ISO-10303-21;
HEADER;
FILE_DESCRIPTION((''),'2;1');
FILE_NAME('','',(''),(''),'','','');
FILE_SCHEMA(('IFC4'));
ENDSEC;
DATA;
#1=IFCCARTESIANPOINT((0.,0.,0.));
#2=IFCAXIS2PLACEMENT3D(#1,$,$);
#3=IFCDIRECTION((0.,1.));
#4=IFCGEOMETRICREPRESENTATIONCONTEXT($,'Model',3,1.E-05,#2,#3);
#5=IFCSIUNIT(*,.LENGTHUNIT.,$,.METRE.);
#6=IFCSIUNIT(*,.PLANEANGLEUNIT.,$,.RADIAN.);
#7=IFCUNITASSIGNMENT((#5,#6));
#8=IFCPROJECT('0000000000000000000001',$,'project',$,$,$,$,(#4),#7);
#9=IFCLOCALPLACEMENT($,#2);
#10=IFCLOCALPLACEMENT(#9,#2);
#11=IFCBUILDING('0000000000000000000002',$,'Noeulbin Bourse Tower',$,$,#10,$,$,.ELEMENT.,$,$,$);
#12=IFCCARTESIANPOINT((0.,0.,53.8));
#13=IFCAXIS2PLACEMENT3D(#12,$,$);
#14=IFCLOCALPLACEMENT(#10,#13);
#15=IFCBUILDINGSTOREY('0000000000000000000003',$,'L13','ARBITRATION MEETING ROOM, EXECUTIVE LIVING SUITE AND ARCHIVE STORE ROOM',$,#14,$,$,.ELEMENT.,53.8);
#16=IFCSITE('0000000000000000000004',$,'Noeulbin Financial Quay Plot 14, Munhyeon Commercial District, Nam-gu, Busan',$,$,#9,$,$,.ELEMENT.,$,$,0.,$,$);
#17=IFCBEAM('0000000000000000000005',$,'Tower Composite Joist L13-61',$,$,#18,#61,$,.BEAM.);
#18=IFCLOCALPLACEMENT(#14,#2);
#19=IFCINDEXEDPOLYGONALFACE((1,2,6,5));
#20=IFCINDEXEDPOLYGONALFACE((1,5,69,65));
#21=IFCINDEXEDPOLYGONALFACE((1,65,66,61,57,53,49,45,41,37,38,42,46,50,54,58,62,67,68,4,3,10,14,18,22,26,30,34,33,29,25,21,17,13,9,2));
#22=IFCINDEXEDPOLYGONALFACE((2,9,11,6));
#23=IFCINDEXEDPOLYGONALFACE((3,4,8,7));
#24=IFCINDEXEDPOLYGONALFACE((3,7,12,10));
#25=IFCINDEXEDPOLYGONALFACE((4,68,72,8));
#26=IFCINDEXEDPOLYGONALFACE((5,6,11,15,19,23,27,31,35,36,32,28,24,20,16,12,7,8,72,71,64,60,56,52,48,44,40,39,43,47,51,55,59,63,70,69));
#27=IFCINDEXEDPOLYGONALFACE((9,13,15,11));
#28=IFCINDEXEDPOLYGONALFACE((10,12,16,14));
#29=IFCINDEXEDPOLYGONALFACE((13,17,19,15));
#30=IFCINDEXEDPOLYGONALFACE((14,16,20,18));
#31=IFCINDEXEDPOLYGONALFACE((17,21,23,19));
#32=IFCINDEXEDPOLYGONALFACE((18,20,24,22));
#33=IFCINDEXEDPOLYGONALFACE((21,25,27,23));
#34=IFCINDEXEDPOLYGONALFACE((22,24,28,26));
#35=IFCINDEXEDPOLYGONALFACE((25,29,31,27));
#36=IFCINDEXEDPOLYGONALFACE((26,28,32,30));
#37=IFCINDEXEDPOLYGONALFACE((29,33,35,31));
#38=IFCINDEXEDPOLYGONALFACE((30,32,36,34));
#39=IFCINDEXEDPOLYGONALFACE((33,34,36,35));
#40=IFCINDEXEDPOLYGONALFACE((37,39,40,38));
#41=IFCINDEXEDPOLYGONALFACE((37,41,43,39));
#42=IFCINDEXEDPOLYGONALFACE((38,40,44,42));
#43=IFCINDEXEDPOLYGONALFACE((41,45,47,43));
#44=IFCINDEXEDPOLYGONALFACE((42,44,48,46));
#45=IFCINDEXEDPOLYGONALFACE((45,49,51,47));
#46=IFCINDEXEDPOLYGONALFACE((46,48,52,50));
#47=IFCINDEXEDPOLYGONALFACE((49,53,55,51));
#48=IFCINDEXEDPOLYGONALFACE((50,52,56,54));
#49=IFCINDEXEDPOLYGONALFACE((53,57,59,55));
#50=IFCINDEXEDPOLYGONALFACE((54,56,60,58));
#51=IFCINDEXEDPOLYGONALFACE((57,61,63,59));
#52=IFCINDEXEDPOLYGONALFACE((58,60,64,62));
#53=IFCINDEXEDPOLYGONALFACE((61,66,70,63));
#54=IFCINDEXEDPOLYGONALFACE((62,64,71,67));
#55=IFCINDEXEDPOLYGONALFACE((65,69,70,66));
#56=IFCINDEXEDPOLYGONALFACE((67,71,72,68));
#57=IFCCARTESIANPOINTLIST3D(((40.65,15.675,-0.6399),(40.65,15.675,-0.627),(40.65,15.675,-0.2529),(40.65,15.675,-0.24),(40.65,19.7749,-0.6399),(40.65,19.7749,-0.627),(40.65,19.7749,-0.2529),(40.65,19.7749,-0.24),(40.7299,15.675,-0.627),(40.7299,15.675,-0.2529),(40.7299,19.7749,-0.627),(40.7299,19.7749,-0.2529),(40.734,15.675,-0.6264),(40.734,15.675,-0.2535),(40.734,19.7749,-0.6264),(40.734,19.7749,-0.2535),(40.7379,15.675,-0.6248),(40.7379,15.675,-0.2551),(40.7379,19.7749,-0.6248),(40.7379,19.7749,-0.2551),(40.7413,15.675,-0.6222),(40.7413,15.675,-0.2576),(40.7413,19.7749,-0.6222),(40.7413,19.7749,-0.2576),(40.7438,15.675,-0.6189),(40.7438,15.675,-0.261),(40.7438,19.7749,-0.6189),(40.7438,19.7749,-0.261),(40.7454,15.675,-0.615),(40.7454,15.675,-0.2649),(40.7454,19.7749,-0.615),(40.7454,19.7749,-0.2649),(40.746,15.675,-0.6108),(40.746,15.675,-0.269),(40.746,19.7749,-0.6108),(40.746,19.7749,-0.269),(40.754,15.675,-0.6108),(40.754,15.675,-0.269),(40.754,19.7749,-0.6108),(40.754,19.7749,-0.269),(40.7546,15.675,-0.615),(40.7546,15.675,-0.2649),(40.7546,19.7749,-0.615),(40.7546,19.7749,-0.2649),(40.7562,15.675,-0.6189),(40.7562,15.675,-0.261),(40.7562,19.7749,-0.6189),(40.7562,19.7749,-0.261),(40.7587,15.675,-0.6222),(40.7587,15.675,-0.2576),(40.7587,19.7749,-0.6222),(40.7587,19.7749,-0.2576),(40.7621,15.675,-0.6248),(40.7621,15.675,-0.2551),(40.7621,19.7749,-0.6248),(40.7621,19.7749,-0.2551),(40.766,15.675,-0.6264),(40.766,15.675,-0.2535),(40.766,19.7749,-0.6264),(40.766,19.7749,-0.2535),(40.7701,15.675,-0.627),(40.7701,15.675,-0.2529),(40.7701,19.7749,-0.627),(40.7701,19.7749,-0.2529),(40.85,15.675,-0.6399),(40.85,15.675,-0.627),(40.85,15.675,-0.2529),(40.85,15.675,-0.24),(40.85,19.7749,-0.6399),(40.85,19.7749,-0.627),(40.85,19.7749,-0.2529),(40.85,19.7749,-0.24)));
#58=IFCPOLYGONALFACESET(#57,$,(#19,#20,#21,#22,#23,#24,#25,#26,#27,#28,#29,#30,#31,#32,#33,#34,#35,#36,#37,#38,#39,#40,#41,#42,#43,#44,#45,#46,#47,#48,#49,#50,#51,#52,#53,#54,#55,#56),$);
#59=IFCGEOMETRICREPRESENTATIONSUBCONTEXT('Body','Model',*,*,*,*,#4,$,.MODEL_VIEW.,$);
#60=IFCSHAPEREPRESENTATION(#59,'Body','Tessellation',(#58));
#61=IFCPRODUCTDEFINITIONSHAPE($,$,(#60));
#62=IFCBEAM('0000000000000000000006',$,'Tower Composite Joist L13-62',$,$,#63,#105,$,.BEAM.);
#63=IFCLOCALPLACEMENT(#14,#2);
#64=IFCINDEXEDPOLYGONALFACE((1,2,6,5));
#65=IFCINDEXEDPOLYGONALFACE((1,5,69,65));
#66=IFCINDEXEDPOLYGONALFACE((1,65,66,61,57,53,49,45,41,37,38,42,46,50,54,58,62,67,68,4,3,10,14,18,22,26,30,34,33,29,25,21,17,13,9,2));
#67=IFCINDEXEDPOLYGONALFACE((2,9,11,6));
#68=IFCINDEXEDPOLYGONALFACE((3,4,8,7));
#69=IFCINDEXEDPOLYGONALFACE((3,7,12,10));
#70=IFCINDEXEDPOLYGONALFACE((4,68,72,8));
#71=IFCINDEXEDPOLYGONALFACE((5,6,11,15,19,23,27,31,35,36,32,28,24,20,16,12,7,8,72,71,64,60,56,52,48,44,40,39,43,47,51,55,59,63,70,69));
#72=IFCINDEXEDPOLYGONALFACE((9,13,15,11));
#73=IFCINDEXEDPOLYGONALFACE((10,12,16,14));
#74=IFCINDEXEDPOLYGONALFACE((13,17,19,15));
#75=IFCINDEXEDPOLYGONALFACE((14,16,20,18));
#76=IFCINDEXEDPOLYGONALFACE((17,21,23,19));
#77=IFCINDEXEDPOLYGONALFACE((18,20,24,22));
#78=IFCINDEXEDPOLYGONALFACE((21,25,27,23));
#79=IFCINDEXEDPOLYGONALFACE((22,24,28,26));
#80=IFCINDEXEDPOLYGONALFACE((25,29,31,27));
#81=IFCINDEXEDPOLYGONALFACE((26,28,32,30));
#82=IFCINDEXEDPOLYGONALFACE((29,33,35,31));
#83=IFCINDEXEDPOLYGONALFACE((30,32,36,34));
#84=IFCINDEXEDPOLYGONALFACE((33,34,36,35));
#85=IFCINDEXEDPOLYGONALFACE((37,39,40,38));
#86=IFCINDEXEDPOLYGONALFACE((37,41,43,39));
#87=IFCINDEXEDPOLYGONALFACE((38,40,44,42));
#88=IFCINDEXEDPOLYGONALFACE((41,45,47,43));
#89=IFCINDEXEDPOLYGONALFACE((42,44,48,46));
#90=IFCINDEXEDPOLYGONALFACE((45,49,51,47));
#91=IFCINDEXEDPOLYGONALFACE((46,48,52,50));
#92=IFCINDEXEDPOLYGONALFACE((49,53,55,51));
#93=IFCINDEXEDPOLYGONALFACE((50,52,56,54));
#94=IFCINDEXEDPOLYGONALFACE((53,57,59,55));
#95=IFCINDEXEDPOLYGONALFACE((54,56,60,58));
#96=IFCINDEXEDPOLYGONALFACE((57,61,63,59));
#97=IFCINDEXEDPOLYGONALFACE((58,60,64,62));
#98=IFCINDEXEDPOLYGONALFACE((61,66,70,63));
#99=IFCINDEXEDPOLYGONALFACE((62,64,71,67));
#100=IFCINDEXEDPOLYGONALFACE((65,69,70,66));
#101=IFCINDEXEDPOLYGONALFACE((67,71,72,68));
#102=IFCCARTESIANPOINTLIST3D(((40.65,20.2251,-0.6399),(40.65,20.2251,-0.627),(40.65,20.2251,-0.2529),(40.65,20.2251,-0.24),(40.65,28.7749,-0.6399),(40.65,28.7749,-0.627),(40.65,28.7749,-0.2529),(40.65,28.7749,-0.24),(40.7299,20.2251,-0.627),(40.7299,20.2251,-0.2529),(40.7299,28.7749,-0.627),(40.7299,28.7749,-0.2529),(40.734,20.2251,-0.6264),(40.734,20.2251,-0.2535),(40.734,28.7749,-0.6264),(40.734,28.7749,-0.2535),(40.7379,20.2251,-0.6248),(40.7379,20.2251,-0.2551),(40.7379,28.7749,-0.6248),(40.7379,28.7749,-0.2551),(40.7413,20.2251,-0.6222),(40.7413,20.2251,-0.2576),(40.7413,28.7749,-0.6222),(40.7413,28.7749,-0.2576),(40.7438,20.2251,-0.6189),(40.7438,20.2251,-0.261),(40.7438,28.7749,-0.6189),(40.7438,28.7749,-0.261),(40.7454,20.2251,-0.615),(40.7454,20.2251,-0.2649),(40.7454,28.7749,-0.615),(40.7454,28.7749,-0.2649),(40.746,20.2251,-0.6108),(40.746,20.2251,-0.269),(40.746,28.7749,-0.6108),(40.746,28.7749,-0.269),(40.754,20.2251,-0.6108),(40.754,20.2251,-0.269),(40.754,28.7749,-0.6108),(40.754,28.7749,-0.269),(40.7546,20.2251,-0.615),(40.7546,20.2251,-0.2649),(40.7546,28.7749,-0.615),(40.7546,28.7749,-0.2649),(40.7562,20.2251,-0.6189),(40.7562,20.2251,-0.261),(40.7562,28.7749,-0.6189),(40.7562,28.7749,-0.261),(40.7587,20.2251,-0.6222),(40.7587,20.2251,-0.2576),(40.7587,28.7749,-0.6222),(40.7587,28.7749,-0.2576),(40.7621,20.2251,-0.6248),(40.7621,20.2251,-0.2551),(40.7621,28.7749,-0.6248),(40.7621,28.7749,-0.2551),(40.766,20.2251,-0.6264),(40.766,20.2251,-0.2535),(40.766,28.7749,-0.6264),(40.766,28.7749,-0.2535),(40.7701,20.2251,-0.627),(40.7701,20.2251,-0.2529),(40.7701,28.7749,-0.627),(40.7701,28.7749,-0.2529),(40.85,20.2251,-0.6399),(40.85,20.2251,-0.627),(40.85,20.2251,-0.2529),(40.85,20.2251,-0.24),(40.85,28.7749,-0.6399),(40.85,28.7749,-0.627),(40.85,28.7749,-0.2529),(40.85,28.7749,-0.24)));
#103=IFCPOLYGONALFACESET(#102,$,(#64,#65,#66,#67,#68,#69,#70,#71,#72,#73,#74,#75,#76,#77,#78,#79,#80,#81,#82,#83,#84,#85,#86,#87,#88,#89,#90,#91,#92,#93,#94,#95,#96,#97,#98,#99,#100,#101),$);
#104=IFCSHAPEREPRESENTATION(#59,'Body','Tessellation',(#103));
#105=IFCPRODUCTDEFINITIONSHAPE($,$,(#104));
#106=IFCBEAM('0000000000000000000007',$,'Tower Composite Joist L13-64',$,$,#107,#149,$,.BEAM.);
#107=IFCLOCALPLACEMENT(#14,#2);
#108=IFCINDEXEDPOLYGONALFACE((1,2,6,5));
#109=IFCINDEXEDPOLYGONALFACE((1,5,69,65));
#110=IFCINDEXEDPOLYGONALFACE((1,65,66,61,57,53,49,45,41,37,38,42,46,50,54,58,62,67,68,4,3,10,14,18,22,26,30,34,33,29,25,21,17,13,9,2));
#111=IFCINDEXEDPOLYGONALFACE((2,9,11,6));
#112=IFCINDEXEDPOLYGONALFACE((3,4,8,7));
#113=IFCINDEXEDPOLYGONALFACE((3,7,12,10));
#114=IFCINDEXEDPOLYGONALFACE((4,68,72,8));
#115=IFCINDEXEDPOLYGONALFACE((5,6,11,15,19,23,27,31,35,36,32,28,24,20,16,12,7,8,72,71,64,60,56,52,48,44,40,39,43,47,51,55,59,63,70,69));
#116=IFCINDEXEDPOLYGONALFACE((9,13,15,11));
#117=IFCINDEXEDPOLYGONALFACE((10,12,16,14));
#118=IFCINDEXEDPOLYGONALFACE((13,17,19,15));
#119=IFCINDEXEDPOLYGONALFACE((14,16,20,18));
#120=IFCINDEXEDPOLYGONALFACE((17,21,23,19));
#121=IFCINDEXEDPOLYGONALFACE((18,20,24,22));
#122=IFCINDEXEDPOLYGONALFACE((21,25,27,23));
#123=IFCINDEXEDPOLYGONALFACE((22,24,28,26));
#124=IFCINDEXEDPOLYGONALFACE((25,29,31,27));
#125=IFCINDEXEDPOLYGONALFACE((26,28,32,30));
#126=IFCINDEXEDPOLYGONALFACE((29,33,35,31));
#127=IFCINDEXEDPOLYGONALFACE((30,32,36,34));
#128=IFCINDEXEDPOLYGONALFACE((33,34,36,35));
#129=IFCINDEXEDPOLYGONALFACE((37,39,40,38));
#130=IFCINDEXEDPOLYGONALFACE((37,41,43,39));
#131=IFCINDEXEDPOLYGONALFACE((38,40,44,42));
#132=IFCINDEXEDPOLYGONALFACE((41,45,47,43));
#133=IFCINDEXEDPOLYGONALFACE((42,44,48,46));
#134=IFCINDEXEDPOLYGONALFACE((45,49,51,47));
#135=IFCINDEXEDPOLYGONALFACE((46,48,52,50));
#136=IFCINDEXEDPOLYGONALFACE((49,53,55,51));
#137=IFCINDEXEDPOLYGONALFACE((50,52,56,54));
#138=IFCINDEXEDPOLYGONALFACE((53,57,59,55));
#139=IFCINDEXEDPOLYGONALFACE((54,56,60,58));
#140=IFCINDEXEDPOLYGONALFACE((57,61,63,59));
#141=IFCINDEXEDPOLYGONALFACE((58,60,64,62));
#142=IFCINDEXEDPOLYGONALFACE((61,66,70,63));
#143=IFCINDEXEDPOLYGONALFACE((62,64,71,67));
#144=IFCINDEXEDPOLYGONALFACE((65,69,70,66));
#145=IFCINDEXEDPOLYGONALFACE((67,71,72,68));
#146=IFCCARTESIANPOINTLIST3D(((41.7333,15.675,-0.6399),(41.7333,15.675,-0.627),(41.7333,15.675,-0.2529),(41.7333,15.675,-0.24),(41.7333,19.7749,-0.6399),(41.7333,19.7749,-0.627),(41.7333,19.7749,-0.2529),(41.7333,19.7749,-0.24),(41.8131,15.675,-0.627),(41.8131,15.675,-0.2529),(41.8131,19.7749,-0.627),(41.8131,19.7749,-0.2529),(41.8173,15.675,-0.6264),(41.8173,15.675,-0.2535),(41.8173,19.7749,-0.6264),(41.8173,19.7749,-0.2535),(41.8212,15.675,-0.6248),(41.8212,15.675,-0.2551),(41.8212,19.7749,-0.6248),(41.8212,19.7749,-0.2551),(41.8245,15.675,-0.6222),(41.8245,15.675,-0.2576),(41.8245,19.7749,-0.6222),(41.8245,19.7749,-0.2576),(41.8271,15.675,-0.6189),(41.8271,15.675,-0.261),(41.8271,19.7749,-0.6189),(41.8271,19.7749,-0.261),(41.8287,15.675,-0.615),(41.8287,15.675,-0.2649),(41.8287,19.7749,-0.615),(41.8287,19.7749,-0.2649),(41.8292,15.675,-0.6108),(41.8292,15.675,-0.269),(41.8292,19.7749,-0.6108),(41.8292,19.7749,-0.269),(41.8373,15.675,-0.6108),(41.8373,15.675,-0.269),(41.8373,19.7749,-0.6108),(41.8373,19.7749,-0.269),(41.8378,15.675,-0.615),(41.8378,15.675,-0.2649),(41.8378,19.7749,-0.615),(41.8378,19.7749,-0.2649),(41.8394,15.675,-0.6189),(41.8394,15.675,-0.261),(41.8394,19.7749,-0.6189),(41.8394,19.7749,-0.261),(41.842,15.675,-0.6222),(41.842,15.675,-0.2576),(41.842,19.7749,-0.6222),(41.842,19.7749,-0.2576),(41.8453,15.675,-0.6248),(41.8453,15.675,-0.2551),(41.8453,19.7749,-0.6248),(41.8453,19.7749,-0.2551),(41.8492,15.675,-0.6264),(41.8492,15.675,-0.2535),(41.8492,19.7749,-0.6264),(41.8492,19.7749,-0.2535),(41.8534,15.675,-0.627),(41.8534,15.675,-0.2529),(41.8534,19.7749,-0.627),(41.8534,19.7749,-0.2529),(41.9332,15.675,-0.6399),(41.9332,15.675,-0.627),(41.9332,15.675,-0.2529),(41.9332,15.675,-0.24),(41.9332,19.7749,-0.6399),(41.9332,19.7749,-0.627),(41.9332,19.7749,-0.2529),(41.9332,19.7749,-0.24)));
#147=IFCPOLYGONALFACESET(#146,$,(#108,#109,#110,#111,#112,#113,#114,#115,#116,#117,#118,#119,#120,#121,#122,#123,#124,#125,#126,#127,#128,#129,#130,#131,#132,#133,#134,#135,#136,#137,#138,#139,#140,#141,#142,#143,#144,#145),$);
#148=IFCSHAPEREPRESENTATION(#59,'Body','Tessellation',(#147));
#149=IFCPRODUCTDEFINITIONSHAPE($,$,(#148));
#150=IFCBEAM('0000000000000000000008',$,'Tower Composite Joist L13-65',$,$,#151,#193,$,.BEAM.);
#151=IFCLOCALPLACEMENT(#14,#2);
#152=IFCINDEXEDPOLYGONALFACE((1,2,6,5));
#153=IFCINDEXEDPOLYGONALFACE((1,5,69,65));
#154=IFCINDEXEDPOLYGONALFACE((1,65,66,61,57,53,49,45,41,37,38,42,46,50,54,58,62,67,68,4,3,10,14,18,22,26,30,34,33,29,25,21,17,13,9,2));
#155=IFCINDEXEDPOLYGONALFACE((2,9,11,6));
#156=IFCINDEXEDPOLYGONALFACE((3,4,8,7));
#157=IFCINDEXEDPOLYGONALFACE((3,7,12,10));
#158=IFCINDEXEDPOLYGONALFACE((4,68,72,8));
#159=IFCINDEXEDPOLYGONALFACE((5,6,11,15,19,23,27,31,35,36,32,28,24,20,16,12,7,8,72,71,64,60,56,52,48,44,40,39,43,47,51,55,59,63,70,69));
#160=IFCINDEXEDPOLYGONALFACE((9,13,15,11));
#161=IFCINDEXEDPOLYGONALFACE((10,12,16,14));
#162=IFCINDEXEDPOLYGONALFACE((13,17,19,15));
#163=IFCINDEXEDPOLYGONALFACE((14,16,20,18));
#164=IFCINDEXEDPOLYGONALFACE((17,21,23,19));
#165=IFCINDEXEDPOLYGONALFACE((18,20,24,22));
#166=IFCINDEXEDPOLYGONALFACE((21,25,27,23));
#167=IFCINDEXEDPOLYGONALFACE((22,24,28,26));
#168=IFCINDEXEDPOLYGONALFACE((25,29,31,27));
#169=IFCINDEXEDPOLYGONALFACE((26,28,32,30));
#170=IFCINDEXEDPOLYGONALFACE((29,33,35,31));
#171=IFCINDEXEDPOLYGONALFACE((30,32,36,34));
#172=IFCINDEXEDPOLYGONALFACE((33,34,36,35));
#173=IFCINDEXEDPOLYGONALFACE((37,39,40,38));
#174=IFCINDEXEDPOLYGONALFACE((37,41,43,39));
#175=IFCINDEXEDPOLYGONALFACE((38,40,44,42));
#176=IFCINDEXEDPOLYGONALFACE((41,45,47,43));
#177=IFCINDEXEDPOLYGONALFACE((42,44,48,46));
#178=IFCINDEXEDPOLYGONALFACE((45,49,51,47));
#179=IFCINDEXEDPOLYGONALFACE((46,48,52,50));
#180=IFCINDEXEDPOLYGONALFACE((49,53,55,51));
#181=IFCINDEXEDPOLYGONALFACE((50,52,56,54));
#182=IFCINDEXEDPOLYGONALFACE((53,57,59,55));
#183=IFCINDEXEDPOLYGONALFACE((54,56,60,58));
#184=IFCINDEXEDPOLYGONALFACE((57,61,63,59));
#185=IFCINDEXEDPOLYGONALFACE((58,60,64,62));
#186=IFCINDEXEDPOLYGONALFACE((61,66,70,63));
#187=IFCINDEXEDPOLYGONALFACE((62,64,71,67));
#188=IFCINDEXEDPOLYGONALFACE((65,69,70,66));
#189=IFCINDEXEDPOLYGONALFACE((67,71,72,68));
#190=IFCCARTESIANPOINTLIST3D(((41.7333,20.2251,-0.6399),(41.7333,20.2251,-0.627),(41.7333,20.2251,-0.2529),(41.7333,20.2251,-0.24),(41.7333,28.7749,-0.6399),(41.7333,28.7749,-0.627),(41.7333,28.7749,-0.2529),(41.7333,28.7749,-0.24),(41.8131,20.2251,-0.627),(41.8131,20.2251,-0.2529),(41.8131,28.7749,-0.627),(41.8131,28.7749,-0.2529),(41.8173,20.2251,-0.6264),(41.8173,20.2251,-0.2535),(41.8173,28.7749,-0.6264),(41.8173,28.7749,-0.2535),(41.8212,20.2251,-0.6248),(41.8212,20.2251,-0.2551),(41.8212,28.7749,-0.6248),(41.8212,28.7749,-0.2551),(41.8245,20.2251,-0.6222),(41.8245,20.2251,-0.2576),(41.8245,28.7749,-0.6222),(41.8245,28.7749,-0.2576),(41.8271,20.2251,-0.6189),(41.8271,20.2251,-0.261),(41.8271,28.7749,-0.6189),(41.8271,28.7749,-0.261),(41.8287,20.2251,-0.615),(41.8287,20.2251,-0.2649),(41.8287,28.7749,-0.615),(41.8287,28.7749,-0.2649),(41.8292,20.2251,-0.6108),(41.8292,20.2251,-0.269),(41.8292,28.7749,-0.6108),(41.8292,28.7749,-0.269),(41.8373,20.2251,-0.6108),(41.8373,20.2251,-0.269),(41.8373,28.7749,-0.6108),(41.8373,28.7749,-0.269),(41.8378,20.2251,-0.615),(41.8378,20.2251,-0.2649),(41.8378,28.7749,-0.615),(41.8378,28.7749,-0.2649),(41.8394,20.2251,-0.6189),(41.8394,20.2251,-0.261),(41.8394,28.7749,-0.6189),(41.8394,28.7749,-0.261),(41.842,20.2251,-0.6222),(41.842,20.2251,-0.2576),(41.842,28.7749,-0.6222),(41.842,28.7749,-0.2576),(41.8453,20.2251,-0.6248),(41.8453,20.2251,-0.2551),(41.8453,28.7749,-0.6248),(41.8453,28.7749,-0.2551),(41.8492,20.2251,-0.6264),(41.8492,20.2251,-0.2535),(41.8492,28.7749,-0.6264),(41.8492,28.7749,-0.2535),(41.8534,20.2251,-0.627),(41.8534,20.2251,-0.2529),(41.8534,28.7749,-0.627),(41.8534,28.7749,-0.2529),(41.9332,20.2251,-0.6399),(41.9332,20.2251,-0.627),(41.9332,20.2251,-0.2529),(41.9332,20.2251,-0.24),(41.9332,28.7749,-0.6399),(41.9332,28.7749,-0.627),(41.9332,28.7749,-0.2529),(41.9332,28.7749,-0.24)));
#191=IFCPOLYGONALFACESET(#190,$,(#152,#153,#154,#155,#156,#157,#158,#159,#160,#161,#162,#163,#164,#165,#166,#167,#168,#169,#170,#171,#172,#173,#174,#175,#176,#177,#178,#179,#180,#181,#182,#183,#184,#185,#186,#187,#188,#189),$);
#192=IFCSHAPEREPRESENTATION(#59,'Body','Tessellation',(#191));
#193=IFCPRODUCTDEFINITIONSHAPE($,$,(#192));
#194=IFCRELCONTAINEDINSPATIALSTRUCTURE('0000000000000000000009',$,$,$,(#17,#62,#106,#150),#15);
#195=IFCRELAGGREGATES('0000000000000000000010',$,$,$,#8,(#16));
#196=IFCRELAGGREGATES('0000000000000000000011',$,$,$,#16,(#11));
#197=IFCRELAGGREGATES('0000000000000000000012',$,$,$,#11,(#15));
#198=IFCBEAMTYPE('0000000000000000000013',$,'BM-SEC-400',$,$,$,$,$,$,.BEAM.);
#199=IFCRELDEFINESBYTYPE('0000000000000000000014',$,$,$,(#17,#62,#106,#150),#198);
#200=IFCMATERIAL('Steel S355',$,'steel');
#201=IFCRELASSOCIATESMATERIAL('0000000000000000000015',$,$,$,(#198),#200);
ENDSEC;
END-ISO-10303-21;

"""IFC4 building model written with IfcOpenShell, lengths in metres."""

from ifc_helpers import new_model, si_unit, direction, frame, origin, origin_2d, place, context, subcontext, project, spatial, i_section, extrude, material, material_profile, profile_set, type_object, element, save


model = new_model("IFC4")

# Units and contexts
model_context = context("Model", 3, precision=1e-05, world=origin(), true_north=direction((0.0, 1.0)))
body_context = subcontext(model_context, "Body", "Model", "MODEL_VIEW")
ifc_project = project(units=[si_unit("LENGTHUNIT", "METRE"), si_unit("PLANEANGLEUNIT", "RADIAN")], contexts=[model_context])

# Site, building, storey
site_placement = place(None, origin())
site = spatial("IfcSite", under=ifc_project, at=site_placement, Name="Noeulbin Financial Quay Plot 14, Munhyeon Commercial District, Nam-gu, Busan", CompositionType="ELEMENT", RefElevation=0.0)
building_placement = place(site_placement, origin())
building = spatial("IfcBuilding", under=site, at=building_placement, Name="Noeulbin Bourse Tower", CompositionType="ELEMENT")
storey_placement = place(building_placement, frame((0.0, 0.0, 53.8)))
storey = spatial("IfcBuildingStorey", under=building, at=storey_placement, Name="L13", Description="ARBITRATION MEETING ROOM, EXECUTIVE LIVING SUITE AND ARCHIVE STORE ROOM", CompositionType="ELEMENT", Elevation=53.8)

# Beams
ifc_material_1 = material(Name="Steel S355", Category="steel")
ifc_material_profile_1 = material_profile(ifc_material_1, i_section(OverallWidth=0.2, OverallDepth=0.3999, WebThickness=0.0081, FlangeThickness=0.0129, FilletRadius=0.0161, at=origin_2d()), Name="H-400x200x8x13", Category="LoadBearing")
ifc_profile_set_1 = profile_set([ifc_material_profile_1], Name="Steel S355")
beam_type_1 = type_object("IfcBeamType", Name="BM-SEC-400", PredefinedType="BEAM", material=ifc_profile_set_1)
beam_1_placement = place(storey_placement, frame((40.75, 15.675, -0.4399), z_axis=(0.0, 1.0, 0.0), x_axis=(-1.0, 0.0, 0.0)))
element("IfcBeam", 1, at=beam_1_placement, inside=storey, type_object=beam_type_1, Name="Tower Composite Joist L13-61", PredefinedType="BEAM", context=body_context, shape_type="SweptSolid", body=[
    extrude(i_section(OverallWidth=0.2, OverallDepth=0.3999, WebThickness=0.0081, FlangeThickness=0.0129, FilletRadius=0.0161, at=origin_2d()), origin(), (0.0, 0.0, 1.0), 4.0999),
])
beam_2_placement = place(storey_placement, frame((40.75, 20.2251, -0.4399), z_axis=(0.0, 1.0, 0.0), x_axis=(-1.0, 0.0, 0.0)))
element("IfcBeam", 2, at=beam_2_placement, inside=storey, type_object=beam_type_1, Name="Tower Composite Joist L13-62", PredefinedType="BEAM", context=body_context, shape_type="SweptSolid", body=[
    extrude(i_section(OverallWidth=0.2, OverallDepth=0.3999, WebThickness=0.0081, FlangeThickness=0.0129, FilletRadius=0.0161, at=origin_2d()), origin(), (0.0, 0.0, 1.0), 8.5498),
])
beam_3_placement = place(storey_placement, frame((41.8333, 15.675, -0.4399), z_axis=(0.0, 1.0, 0.0), x_axis=(-1.0, 0.0, 0.0)))
element("IfcBeam", 3, at=beam_3_placement, inside=storey, type_object=beam_type_1, Name="Tower Composite Joist L13-64", PredefinedType="BEAM", context=body_context, shape_type="SweptSolid", body=[
    extrude(i_section(OverallWidth=0.2, OverallDepth=0.3999, WebThickness=0.0081, FlangeThickness=0.0129, FilletRadius=0.0161, at=origin_2d()), origin(), (0.0, 0.0, 1.0), 4.0999),
])
beam_4_placement = place(storey_placement, frame((41.8333, 20.2251, -0.4399), z_axis=(0.0, 1.0, 0.0), x_axis=(-1.0, 0.0, 0.0)))
element("IfcBeam", 4, at=beam_4_placement, inside=storey, type_object=beam_type_1, Name="Tower Composite Joist L13-65", PredefinedType="BEAM", context=body_context, shape_type="SweptSolid", body=[
    extrude(i_section(OverallWidth=0.2, OverallDepth=0.3999, WebThickness=0.0081, FlangeThickness=0.0129, FilletRadius=0.0161, at=origin_2d()), origin(), (0.0, 0.0, 1.0), 8.5498),
])

save(model, "model.ifc")
